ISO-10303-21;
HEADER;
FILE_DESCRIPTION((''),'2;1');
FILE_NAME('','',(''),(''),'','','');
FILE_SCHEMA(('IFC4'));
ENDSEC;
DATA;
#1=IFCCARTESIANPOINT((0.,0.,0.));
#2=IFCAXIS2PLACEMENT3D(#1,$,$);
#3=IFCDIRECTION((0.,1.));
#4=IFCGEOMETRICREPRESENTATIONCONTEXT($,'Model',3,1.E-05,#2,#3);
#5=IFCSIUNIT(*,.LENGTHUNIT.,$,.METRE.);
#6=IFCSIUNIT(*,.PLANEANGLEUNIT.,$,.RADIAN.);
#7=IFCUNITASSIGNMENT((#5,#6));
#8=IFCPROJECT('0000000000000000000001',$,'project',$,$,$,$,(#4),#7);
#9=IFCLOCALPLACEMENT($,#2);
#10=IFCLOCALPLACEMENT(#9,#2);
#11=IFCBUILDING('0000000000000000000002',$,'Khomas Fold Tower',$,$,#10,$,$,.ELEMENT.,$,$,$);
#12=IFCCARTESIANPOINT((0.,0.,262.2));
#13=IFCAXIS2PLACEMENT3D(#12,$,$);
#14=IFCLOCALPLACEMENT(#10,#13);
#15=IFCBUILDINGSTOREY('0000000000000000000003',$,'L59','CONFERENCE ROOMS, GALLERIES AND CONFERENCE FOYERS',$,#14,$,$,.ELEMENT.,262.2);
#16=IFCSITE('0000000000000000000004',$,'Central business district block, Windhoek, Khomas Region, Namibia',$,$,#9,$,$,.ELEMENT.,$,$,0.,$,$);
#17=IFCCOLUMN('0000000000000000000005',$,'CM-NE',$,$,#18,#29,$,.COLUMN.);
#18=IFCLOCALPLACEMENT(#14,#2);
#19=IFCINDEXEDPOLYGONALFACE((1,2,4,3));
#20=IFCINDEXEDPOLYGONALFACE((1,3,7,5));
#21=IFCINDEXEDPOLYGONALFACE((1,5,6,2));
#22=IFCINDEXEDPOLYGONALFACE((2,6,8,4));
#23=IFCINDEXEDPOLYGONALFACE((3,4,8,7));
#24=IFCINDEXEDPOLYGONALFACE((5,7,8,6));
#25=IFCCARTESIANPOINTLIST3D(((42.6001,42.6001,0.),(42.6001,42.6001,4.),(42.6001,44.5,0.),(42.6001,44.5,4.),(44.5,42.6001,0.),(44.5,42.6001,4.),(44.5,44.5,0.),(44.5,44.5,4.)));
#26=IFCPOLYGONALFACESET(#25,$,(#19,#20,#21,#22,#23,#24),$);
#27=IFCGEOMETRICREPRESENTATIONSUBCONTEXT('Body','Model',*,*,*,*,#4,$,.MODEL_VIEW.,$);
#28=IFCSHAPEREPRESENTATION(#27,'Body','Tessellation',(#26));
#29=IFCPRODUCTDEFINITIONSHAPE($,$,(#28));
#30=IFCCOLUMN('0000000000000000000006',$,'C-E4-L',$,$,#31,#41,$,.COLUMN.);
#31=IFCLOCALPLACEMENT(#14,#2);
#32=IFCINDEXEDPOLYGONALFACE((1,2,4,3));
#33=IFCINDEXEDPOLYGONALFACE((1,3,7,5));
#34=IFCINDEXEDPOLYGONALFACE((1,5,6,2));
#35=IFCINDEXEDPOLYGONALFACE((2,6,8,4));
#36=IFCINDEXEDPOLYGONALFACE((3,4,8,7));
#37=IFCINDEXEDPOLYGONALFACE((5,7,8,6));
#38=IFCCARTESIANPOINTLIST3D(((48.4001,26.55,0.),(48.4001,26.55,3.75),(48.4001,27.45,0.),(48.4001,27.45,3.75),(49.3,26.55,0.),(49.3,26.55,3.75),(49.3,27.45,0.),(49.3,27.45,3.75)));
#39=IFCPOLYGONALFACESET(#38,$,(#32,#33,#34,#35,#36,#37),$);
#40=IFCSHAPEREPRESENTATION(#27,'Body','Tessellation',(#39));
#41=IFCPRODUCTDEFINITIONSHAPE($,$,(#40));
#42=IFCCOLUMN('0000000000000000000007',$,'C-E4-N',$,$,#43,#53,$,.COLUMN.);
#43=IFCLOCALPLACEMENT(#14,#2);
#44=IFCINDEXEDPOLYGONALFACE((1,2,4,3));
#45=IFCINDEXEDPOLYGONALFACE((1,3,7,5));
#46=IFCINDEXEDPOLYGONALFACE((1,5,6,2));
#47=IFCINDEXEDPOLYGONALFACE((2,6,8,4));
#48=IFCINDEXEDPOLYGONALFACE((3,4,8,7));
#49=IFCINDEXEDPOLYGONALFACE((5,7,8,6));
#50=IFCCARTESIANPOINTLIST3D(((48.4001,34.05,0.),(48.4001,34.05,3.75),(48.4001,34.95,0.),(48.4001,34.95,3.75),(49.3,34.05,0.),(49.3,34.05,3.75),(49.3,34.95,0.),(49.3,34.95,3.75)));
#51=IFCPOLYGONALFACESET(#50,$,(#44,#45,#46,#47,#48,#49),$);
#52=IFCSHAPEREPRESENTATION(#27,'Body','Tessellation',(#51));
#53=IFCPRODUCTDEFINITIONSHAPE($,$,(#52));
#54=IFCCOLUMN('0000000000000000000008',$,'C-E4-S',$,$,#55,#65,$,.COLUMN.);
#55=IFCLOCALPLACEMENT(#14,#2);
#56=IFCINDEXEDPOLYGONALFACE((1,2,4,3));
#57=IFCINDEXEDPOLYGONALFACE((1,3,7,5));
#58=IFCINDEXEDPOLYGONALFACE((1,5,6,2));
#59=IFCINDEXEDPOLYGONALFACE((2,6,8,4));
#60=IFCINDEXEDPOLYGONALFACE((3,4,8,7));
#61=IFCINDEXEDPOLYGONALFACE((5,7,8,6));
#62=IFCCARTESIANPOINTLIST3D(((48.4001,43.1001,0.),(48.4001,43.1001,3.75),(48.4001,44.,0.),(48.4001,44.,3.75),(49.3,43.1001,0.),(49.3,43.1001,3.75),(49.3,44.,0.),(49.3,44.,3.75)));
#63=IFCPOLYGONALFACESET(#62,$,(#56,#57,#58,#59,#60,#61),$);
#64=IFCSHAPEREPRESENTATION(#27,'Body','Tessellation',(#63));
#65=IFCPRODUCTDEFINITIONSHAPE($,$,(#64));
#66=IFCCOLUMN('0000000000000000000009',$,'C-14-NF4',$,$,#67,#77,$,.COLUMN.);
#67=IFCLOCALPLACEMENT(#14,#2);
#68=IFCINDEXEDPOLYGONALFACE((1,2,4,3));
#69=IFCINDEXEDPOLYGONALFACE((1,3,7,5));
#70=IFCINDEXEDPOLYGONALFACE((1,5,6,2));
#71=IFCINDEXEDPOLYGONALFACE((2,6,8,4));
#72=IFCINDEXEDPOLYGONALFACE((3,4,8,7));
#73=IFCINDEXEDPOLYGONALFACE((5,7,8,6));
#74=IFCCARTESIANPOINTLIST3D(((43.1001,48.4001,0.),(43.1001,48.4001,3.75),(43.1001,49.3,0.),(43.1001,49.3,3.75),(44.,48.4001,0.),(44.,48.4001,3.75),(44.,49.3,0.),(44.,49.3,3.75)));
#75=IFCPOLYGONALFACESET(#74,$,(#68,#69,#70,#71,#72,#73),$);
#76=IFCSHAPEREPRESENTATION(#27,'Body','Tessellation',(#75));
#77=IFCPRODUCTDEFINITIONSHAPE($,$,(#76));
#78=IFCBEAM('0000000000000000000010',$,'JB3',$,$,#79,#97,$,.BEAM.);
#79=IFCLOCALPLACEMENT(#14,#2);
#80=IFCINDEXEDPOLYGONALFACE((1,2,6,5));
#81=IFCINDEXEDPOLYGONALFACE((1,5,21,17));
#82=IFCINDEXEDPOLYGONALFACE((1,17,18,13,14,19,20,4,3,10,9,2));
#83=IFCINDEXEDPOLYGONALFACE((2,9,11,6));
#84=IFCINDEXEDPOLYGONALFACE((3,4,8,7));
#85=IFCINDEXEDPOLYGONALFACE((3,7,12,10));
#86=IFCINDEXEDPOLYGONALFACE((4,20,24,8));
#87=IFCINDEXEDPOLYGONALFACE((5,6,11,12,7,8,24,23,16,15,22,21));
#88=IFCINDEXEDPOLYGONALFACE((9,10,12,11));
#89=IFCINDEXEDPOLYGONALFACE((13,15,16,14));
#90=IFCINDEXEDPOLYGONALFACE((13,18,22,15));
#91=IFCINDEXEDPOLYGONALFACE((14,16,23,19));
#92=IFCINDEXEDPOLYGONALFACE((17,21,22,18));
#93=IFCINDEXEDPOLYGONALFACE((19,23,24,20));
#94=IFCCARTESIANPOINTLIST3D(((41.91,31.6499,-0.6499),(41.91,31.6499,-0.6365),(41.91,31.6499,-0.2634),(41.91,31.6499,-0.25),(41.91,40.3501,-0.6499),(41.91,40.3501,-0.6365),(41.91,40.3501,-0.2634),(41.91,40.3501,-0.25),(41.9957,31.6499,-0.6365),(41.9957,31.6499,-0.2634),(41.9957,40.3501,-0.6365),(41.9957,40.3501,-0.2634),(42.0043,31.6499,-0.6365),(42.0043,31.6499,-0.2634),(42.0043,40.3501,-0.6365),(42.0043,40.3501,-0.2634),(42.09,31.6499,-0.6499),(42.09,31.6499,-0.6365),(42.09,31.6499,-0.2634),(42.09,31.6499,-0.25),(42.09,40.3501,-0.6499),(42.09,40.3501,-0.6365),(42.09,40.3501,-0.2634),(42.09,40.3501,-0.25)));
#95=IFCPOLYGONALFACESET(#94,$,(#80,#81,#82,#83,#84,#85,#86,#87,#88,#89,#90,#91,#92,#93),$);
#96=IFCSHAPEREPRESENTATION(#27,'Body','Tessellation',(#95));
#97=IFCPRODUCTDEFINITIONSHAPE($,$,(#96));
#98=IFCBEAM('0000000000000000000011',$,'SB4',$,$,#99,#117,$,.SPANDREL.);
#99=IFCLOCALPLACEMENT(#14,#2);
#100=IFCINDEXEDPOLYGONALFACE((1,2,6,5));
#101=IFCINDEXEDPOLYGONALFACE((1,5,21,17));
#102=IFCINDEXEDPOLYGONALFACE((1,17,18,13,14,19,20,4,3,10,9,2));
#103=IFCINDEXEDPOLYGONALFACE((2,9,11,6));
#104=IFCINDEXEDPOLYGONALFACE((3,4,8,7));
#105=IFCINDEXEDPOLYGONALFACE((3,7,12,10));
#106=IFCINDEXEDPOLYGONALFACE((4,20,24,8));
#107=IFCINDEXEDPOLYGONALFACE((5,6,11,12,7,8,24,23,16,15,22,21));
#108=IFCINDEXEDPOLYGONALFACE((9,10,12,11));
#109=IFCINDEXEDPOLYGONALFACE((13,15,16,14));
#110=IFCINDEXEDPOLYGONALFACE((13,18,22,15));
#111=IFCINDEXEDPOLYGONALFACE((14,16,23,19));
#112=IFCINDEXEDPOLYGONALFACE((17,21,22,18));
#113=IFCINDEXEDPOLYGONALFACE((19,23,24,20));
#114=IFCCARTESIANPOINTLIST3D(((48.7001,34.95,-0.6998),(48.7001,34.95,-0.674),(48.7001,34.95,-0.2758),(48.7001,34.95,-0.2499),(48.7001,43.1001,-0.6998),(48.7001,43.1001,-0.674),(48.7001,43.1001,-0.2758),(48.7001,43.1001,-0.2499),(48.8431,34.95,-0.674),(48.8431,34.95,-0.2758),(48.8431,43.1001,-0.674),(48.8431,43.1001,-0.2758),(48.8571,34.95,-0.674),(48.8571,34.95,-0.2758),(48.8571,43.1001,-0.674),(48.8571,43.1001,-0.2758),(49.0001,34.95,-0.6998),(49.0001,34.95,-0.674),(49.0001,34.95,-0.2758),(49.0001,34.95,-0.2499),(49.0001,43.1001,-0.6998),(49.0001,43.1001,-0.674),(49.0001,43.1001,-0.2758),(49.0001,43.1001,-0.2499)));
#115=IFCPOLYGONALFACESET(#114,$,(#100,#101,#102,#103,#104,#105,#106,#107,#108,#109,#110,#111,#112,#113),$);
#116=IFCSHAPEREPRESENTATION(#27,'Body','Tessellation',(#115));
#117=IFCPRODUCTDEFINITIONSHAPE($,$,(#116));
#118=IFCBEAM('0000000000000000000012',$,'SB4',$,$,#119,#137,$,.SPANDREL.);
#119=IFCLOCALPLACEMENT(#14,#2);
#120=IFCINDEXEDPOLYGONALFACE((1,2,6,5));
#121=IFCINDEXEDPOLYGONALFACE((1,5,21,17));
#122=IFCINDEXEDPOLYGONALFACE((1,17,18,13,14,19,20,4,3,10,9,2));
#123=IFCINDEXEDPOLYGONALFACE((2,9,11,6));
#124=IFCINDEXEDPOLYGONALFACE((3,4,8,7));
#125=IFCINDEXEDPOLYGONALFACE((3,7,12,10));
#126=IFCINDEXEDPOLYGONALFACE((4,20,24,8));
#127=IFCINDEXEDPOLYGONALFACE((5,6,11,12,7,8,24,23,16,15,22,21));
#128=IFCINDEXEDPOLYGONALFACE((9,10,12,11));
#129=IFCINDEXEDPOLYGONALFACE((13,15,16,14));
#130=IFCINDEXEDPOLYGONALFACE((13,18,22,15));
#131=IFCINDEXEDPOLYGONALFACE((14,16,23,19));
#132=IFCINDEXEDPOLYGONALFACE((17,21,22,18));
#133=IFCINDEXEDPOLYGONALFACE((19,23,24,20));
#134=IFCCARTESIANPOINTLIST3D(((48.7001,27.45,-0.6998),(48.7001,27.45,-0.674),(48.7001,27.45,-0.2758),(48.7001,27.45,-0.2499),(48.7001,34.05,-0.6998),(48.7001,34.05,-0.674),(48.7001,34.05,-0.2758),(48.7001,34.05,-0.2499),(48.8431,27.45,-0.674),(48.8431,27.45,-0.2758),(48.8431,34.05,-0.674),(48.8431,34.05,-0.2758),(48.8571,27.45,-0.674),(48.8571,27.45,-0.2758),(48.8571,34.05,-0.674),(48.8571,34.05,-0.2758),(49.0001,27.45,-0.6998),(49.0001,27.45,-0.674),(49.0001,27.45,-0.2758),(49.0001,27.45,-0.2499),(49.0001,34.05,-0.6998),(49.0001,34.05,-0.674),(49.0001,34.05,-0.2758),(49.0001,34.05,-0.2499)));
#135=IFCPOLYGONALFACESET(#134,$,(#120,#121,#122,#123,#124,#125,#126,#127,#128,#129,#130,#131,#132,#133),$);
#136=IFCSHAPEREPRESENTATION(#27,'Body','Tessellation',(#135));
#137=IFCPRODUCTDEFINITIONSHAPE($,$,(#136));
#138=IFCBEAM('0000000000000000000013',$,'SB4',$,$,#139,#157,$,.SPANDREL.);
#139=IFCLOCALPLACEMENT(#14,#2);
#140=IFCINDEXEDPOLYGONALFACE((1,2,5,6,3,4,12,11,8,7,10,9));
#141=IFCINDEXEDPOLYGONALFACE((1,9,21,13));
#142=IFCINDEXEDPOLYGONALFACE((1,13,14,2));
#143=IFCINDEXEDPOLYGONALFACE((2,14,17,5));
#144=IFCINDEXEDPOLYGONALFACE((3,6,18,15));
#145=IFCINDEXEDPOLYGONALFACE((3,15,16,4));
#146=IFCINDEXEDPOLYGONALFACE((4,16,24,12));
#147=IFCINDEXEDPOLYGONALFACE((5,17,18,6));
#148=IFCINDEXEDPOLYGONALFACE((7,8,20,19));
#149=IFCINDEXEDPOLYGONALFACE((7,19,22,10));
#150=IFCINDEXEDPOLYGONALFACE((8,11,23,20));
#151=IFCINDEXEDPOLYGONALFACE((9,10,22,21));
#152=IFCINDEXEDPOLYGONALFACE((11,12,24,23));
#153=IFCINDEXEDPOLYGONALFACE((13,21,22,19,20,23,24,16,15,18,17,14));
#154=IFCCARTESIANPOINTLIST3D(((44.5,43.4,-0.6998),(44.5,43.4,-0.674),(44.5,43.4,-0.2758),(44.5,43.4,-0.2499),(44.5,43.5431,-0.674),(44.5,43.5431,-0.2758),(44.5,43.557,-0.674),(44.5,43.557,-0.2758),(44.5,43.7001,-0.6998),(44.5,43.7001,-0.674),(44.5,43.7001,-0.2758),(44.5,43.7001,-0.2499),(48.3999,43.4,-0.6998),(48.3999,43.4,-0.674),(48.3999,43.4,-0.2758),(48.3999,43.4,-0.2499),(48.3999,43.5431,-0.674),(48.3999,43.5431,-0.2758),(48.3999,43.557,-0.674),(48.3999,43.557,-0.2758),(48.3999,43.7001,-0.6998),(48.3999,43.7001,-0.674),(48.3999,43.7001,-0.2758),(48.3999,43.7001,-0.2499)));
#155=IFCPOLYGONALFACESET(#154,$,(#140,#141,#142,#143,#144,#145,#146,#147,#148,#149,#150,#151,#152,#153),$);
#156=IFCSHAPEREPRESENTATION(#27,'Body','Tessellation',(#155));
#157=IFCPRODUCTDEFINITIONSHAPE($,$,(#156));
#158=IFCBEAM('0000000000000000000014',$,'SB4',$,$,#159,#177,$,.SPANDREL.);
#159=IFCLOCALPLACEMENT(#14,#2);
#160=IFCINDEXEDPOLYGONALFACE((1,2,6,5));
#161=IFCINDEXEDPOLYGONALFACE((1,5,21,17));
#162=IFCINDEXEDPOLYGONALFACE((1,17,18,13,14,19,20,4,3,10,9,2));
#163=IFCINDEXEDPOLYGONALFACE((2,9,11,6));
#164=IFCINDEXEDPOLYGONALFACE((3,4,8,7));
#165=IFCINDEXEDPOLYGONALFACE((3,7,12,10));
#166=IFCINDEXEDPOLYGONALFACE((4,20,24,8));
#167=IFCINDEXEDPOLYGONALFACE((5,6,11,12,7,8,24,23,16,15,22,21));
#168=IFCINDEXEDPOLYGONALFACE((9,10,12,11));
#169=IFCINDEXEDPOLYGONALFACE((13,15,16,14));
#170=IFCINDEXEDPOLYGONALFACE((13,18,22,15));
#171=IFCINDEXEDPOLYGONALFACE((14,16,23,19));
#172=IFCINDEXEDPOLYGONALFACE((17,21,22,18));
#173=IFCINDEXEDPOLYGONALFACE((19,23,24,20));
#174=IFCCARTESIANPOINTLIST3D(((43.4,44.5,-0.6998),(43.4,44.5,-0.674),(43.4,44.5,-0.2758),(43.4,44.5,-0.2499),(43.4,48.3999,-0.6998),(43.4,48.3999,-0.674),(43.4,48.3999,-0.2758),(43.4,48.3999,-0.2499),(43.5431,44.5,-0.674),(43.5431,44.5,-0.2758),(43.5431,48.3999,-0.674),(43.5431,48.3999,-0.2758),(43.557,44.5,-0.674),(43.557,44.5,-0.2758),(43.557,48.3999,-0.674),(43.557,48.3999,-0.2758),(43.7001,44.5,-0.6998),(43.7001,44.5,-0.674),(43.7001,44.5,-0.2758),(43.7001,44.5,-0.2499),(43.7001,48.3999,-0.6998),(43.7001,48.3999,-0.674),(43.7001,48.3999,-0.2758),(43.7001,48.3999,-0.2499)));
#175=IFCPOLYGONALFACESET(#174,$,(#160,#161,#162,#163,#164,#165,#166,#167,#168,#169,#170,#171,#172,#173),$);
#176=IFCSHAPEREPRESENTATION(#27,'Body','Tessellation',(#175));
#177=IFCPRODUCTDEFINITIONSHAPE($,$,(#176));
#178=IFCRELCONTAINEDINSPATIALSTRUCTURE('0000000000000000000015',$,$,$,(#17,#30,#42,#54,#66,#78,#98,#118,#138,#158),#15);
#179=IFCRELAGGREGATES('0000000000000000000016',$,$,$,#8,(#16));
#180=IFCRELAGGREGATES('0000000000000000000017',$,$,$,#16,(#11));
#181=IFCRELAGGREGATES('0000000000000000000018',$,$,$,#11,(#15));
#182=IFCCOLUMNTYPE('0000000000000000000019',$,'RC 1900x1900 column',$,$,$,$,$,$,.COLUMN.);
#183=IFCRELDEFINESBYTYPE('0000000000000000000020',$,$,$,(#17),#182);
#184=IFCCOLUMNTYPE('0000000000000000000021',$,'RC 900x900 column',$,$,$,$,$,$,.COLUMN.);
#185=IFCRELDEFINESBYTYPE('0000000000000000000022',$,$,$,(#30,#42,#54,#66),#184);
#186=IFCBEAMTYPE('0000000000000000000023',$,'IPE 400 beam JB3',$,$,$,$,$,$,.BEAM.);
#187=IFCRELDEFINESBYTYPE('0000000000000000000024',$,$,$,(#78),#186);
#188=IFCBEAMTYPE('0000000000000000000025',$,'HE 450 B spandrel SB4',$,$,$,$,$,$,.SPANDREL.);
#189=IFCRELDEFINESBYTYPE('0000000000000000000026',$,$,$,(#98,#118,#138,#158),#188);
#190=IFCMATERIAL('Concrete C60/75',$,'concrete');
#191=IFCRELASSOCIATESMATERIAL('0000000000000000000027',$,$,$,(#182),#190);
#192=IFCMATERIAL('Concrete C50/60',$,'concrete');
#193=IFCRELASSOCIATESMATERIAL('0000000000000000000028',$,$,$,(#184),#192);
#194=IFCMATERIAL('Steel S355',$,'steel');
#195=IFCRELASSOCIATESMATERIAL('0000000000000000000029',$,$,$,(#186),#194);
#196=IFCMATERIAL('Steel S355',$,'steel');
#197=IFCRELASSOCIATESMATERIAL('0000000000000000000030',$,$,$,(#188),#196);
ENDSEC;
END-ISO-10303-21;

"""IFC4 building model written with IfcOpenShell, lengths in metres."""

from ifc_helpers import new_model, si_unit, direction, frame, origin, origin_2d, place, context, subcontext, project, spatial, rectangle, i_section, extrude, source, transform, mapped, material, material_profile, profile_set, type_object, element, save


model = new_model("IFC4")

# Units and contexts
model_context = context("Model", 3, precision=1e-05, world=origin(), true_north=direction((0.0, 1.0)))
body_context = subcontext(model_context, "Body", "Model", "MODEL_VIEW")
ifc_project = project(units=[si_unit("LENGTHUNIT", "METRE"), si_unit("PLANEANGLEUNIT", "RADIAN")], contexts=[model_context])

# Site, building, storey
site_placement = place(None, origin())
site = spatial("IfcSite", under=ifc_project, at=site_placement, Name="Central business district block, Windhoek, Khomas Region, Namibia", CompositionType="ELEMENT", RefElevation=0.0)
building_placement = place(site_placement, origin())
building = spatial("IfcBuilding", under=site, at=building_placement, Name="Khomas Fold Tower", CompositionType="ELEMENT")
storey_placement = place(building_placement, frame((0.0, 0.0, 262.2)))
storey = spatial("IfcBuildingStorey", under=building, at=storey_placement, Name="L59", Description="CONFERENCE ROOMS, GALLERIES AND CONFERENCE FOYERS", CompositionType="ELEMENT", Elevation=262.2)

# Columns
ifc_material_1 = material(Name="Concrete C60/75", Category="concrete")
ifc_material_profile_1 = material_profile(ifc_material_1, rectangle(XDim=1.8999, YDim=1.8999, at=origin_2d()), Name="RC 1900x1900")
ifc_profile_set_1 = profile_set([ifc_material_profile_1], Name="Concrete C60/75")
column_type_1 = type_object("IfcColumnType", Name="RC 1900x1900 column", PredefinedType="COLUMN", material=ifc_profile_set_1)
shared_shape_1 = source(origin(), body_context, "Body", "SweptSolid", [
    extrude(rectangle(XDim=1.8999, YDim=1.8999, at=origin_2d()), origin(), (0.0, 0.0, 1.0), 4.0),
])
column_placement = place(storey_placement, frame((43.55, 43.55, 0.0), z_axis=(0.0, 0.0, 1.0), x_axis=(1.0, 0.0, 0.0)))
element("IfcColumn", 1, at=column_placement, inside=storey, type_object=column_type_1, Name="CM-NE", PredefinedType="COLUMN", context=body_context, shape_type="MappedRepresentation", body=[
    mapped(shared_shape_1, transform((0.0, 0.0, 0.0))),
])
ifc_material_2 = material(Name="Concrete C50/60", Category="concrete")
ifc_material_profile_2 = material_profile(ifc_material_2, rectangle(XDim=0.8999, YDim=0.8999, at=origin_2d()), Name="RC 900x900")
ifc_profile_set_2 = profile_set([ifc_material_profile_2], Name="Concrete C50/60")
column_type_2 = type_object("IfcColumnType", Name="RC 900x900 column", PredefinedType="COLUMN", material=ifc_profile_set_2)
shared_shape_2 = source(origin(), body_context, "Body", "SweptSolid", [
    extrude(rectangle(XDim=0.8999, YDim=0.8999, at=origin_2d()), origin(), (0.0, 0.0, 1.0), 3.75),
])
for number, where, z_axis, x_axis, name in (
    (2, (48.8501, 27.0, 0.0), (0.0, 0.0, 1.0), (1.0, 0.0, 0.0), "C-E4-L"),
    (3, (48.8501, 34.5, 0.0), (0.0, 0.0, 1.0), (1.0, 0.0, 0.0), "C-E4-N"),
    (4, (48.8501, 43.55, 0.0), (0.0, 0.0, 1.0), (1.0, 0.0, 0.0), "C-E4-S"),
    (5, (43.55, 48.8501, 0.0), (0.0, 0.0, 1.0), (1.0, 0.0, 0.0), "C-14-NF4"),
):
    element("IfcColumn", number, at=place(storey_placement, frame(where, z_axis=z_axis, x_axis=x_axis)), inside=storey, type_object=column_type_2, Name=name, PredefinedType="COLUMN", context=body_context, shape_type="MappedRepresentation", body=[
        mapped(shared_shape_2, transform((0.0, 0.0, 0.0))),
    ])

# Beams
ifc_material_3 = material(Name="Steel S355", Category="steel")
ifc_material_profile_3 = material_profile(ifc_material_3, i_section(OverallWidth=0.1799, OverallDepth=0.3999, WebThickness=0.0085, FlangeThickness=0.0134, at=origin_2d()), Name="IPE 400")
ifc_profile_set_3 = profile_set([ifc_material_profile_3], Name="Steel S355")
beam_type_1 = type_object("IfcBeamType", Name="IPE 400 beam JB3", PredefinedType="BEAM", material=ifc_profile_set_3)
shared_shape_3 = source(origin(), body_context, "Body", "SweptSolid", [
    extrude(i_section(OverallWidth=0.1799, OverallDepth=0.3999, WebThickness=0.0085, FlangeThickness=0.0134, at=origin_2d()), origin(), (0.0, 0.0, 1.0), 8.7002),
])
beam_1_placement = place(storey_placement, frame((42.0, 31.6499, -0.45), z_axis=(0.0, 1.0, 0.0), x_axis=(-1.0, 0.0, 0.0)))
element("IfcBeam", 6, at=beam_1_placement, inside=storey, type_object=beam_type_1, Name="JB3", PredefinedType="BEAM", context=body_context, shape_type="MappedRepresentation", body=[
    mapped(shared_shape_3, transform((0.0, 0.0, 0.0))),
])
ifc_material_4 = material(Name="Steel S355", Category="steel")
ifc_material_profile_4 = material_profile(ifc_material_4, i_section(OverallWidth=0.3, OverallDepth=0.45, WebThickness=0.0139, FlangeThickness=0.0259, at=origin_2d()), Name="HE 450 B")
ifc_profile_set_4 = profile_set([ifc_material_profile_4], Name="Steel S355")
beam_type_2 = type_object("IfcBeamType", Name="HE 450 B spandrel SB4", PredefinedType="SPANDREL", material=ifc_profile_set_4)
shared_shape_4 = source(origin(), body_context, "Body", "SweptSolid", [
    extrude(i_section(OverallWidth=0.3, OverallDepth=0.45, WebThickness=0.0139, FlangeThickness=0.0259, at=origin_2d()), origin(), (0.0, 0.0, 1.0), 8.1501),
])
beam_2_placement = place(storey_placement, frame((48.8501, 34.95, -0.4749), z_axis=(0.0, 1.0, 0.0), x_axis=(-1.0, 0.0, 0.0)))
element("IfcBeam", 7, at=beam_2_placement, inside=storey, type_object=beam_type_2, Name="SB4", PredefinedType="SPANDREL", context=body_context, shape_type="MappedRepresentation", body=[
    mapped(shared_shape_4, transform((0.0, 0.0, 0.0))),
])
shared_shape_5 = source(origin(), body_context, "Body", "SweptSolid", [
    extrude(i_section(OverallWidth=0.3, OverallDepth=0.45, WebThickness=0.0139, FlangeThickness=0.0259, at=origin_2d()), origin(), (0.0, 0.0, 1.0), 6.6001),
])
beam_3_placement = place(storey_placement, frame((48.8501, 27.45, -0.4749), z_axis=(0.0, 1.0, 0.0), x_axis=(-1.0, 0.0, 0.0)))
element("IfcBeam", 8, at=beam_3_placement, inside=storey, type_object=beam_type_2, Name="SB4", PredefinedType="SPANDREL", context=body_context, shape_type="MappedRepresentation", body=[
    mapped(shared_shape_5, transform((0.0, 0.0, 0.0))),
])
shared_shape_6 = source(origin(), body_context, "Body", "SweptSolid", [
    extrude(i_section(OverallWidth=0.3, OverallDepth=0.45, WebThickness=0.0139, FlangeThickness=0.0259, at=origin_2d()), origin(), (0.0, 0.0, 1.0), 3.8999),
])
for number, where, z_axis, x_axis, name in (
    (9, (44.5, 43.55, -0.4749), (1.0, 0.0, 0.0), (0.0, 1.0, 0.0), "SB4"),
    (10, (43.55, 44.5, -0.4749), (0.0, 1.0, 0.0), (-1.0, 0.0, 0.0), "SB4"),
):
    element("IfcBeam", number, at=place(storey_placement, frame(where, z_axis=z_axis, x_axis=x_axis)), inside=storey, type_object=beam_type_2, Name=name, PredefinedType="SPANDREL", context=body_context, shape_type="MappedRepresentation", body=[
        mapped(shared_shape_6, transform((0.0, 0.0, 0.0))),
    ])

save(model, "model.ifc")
